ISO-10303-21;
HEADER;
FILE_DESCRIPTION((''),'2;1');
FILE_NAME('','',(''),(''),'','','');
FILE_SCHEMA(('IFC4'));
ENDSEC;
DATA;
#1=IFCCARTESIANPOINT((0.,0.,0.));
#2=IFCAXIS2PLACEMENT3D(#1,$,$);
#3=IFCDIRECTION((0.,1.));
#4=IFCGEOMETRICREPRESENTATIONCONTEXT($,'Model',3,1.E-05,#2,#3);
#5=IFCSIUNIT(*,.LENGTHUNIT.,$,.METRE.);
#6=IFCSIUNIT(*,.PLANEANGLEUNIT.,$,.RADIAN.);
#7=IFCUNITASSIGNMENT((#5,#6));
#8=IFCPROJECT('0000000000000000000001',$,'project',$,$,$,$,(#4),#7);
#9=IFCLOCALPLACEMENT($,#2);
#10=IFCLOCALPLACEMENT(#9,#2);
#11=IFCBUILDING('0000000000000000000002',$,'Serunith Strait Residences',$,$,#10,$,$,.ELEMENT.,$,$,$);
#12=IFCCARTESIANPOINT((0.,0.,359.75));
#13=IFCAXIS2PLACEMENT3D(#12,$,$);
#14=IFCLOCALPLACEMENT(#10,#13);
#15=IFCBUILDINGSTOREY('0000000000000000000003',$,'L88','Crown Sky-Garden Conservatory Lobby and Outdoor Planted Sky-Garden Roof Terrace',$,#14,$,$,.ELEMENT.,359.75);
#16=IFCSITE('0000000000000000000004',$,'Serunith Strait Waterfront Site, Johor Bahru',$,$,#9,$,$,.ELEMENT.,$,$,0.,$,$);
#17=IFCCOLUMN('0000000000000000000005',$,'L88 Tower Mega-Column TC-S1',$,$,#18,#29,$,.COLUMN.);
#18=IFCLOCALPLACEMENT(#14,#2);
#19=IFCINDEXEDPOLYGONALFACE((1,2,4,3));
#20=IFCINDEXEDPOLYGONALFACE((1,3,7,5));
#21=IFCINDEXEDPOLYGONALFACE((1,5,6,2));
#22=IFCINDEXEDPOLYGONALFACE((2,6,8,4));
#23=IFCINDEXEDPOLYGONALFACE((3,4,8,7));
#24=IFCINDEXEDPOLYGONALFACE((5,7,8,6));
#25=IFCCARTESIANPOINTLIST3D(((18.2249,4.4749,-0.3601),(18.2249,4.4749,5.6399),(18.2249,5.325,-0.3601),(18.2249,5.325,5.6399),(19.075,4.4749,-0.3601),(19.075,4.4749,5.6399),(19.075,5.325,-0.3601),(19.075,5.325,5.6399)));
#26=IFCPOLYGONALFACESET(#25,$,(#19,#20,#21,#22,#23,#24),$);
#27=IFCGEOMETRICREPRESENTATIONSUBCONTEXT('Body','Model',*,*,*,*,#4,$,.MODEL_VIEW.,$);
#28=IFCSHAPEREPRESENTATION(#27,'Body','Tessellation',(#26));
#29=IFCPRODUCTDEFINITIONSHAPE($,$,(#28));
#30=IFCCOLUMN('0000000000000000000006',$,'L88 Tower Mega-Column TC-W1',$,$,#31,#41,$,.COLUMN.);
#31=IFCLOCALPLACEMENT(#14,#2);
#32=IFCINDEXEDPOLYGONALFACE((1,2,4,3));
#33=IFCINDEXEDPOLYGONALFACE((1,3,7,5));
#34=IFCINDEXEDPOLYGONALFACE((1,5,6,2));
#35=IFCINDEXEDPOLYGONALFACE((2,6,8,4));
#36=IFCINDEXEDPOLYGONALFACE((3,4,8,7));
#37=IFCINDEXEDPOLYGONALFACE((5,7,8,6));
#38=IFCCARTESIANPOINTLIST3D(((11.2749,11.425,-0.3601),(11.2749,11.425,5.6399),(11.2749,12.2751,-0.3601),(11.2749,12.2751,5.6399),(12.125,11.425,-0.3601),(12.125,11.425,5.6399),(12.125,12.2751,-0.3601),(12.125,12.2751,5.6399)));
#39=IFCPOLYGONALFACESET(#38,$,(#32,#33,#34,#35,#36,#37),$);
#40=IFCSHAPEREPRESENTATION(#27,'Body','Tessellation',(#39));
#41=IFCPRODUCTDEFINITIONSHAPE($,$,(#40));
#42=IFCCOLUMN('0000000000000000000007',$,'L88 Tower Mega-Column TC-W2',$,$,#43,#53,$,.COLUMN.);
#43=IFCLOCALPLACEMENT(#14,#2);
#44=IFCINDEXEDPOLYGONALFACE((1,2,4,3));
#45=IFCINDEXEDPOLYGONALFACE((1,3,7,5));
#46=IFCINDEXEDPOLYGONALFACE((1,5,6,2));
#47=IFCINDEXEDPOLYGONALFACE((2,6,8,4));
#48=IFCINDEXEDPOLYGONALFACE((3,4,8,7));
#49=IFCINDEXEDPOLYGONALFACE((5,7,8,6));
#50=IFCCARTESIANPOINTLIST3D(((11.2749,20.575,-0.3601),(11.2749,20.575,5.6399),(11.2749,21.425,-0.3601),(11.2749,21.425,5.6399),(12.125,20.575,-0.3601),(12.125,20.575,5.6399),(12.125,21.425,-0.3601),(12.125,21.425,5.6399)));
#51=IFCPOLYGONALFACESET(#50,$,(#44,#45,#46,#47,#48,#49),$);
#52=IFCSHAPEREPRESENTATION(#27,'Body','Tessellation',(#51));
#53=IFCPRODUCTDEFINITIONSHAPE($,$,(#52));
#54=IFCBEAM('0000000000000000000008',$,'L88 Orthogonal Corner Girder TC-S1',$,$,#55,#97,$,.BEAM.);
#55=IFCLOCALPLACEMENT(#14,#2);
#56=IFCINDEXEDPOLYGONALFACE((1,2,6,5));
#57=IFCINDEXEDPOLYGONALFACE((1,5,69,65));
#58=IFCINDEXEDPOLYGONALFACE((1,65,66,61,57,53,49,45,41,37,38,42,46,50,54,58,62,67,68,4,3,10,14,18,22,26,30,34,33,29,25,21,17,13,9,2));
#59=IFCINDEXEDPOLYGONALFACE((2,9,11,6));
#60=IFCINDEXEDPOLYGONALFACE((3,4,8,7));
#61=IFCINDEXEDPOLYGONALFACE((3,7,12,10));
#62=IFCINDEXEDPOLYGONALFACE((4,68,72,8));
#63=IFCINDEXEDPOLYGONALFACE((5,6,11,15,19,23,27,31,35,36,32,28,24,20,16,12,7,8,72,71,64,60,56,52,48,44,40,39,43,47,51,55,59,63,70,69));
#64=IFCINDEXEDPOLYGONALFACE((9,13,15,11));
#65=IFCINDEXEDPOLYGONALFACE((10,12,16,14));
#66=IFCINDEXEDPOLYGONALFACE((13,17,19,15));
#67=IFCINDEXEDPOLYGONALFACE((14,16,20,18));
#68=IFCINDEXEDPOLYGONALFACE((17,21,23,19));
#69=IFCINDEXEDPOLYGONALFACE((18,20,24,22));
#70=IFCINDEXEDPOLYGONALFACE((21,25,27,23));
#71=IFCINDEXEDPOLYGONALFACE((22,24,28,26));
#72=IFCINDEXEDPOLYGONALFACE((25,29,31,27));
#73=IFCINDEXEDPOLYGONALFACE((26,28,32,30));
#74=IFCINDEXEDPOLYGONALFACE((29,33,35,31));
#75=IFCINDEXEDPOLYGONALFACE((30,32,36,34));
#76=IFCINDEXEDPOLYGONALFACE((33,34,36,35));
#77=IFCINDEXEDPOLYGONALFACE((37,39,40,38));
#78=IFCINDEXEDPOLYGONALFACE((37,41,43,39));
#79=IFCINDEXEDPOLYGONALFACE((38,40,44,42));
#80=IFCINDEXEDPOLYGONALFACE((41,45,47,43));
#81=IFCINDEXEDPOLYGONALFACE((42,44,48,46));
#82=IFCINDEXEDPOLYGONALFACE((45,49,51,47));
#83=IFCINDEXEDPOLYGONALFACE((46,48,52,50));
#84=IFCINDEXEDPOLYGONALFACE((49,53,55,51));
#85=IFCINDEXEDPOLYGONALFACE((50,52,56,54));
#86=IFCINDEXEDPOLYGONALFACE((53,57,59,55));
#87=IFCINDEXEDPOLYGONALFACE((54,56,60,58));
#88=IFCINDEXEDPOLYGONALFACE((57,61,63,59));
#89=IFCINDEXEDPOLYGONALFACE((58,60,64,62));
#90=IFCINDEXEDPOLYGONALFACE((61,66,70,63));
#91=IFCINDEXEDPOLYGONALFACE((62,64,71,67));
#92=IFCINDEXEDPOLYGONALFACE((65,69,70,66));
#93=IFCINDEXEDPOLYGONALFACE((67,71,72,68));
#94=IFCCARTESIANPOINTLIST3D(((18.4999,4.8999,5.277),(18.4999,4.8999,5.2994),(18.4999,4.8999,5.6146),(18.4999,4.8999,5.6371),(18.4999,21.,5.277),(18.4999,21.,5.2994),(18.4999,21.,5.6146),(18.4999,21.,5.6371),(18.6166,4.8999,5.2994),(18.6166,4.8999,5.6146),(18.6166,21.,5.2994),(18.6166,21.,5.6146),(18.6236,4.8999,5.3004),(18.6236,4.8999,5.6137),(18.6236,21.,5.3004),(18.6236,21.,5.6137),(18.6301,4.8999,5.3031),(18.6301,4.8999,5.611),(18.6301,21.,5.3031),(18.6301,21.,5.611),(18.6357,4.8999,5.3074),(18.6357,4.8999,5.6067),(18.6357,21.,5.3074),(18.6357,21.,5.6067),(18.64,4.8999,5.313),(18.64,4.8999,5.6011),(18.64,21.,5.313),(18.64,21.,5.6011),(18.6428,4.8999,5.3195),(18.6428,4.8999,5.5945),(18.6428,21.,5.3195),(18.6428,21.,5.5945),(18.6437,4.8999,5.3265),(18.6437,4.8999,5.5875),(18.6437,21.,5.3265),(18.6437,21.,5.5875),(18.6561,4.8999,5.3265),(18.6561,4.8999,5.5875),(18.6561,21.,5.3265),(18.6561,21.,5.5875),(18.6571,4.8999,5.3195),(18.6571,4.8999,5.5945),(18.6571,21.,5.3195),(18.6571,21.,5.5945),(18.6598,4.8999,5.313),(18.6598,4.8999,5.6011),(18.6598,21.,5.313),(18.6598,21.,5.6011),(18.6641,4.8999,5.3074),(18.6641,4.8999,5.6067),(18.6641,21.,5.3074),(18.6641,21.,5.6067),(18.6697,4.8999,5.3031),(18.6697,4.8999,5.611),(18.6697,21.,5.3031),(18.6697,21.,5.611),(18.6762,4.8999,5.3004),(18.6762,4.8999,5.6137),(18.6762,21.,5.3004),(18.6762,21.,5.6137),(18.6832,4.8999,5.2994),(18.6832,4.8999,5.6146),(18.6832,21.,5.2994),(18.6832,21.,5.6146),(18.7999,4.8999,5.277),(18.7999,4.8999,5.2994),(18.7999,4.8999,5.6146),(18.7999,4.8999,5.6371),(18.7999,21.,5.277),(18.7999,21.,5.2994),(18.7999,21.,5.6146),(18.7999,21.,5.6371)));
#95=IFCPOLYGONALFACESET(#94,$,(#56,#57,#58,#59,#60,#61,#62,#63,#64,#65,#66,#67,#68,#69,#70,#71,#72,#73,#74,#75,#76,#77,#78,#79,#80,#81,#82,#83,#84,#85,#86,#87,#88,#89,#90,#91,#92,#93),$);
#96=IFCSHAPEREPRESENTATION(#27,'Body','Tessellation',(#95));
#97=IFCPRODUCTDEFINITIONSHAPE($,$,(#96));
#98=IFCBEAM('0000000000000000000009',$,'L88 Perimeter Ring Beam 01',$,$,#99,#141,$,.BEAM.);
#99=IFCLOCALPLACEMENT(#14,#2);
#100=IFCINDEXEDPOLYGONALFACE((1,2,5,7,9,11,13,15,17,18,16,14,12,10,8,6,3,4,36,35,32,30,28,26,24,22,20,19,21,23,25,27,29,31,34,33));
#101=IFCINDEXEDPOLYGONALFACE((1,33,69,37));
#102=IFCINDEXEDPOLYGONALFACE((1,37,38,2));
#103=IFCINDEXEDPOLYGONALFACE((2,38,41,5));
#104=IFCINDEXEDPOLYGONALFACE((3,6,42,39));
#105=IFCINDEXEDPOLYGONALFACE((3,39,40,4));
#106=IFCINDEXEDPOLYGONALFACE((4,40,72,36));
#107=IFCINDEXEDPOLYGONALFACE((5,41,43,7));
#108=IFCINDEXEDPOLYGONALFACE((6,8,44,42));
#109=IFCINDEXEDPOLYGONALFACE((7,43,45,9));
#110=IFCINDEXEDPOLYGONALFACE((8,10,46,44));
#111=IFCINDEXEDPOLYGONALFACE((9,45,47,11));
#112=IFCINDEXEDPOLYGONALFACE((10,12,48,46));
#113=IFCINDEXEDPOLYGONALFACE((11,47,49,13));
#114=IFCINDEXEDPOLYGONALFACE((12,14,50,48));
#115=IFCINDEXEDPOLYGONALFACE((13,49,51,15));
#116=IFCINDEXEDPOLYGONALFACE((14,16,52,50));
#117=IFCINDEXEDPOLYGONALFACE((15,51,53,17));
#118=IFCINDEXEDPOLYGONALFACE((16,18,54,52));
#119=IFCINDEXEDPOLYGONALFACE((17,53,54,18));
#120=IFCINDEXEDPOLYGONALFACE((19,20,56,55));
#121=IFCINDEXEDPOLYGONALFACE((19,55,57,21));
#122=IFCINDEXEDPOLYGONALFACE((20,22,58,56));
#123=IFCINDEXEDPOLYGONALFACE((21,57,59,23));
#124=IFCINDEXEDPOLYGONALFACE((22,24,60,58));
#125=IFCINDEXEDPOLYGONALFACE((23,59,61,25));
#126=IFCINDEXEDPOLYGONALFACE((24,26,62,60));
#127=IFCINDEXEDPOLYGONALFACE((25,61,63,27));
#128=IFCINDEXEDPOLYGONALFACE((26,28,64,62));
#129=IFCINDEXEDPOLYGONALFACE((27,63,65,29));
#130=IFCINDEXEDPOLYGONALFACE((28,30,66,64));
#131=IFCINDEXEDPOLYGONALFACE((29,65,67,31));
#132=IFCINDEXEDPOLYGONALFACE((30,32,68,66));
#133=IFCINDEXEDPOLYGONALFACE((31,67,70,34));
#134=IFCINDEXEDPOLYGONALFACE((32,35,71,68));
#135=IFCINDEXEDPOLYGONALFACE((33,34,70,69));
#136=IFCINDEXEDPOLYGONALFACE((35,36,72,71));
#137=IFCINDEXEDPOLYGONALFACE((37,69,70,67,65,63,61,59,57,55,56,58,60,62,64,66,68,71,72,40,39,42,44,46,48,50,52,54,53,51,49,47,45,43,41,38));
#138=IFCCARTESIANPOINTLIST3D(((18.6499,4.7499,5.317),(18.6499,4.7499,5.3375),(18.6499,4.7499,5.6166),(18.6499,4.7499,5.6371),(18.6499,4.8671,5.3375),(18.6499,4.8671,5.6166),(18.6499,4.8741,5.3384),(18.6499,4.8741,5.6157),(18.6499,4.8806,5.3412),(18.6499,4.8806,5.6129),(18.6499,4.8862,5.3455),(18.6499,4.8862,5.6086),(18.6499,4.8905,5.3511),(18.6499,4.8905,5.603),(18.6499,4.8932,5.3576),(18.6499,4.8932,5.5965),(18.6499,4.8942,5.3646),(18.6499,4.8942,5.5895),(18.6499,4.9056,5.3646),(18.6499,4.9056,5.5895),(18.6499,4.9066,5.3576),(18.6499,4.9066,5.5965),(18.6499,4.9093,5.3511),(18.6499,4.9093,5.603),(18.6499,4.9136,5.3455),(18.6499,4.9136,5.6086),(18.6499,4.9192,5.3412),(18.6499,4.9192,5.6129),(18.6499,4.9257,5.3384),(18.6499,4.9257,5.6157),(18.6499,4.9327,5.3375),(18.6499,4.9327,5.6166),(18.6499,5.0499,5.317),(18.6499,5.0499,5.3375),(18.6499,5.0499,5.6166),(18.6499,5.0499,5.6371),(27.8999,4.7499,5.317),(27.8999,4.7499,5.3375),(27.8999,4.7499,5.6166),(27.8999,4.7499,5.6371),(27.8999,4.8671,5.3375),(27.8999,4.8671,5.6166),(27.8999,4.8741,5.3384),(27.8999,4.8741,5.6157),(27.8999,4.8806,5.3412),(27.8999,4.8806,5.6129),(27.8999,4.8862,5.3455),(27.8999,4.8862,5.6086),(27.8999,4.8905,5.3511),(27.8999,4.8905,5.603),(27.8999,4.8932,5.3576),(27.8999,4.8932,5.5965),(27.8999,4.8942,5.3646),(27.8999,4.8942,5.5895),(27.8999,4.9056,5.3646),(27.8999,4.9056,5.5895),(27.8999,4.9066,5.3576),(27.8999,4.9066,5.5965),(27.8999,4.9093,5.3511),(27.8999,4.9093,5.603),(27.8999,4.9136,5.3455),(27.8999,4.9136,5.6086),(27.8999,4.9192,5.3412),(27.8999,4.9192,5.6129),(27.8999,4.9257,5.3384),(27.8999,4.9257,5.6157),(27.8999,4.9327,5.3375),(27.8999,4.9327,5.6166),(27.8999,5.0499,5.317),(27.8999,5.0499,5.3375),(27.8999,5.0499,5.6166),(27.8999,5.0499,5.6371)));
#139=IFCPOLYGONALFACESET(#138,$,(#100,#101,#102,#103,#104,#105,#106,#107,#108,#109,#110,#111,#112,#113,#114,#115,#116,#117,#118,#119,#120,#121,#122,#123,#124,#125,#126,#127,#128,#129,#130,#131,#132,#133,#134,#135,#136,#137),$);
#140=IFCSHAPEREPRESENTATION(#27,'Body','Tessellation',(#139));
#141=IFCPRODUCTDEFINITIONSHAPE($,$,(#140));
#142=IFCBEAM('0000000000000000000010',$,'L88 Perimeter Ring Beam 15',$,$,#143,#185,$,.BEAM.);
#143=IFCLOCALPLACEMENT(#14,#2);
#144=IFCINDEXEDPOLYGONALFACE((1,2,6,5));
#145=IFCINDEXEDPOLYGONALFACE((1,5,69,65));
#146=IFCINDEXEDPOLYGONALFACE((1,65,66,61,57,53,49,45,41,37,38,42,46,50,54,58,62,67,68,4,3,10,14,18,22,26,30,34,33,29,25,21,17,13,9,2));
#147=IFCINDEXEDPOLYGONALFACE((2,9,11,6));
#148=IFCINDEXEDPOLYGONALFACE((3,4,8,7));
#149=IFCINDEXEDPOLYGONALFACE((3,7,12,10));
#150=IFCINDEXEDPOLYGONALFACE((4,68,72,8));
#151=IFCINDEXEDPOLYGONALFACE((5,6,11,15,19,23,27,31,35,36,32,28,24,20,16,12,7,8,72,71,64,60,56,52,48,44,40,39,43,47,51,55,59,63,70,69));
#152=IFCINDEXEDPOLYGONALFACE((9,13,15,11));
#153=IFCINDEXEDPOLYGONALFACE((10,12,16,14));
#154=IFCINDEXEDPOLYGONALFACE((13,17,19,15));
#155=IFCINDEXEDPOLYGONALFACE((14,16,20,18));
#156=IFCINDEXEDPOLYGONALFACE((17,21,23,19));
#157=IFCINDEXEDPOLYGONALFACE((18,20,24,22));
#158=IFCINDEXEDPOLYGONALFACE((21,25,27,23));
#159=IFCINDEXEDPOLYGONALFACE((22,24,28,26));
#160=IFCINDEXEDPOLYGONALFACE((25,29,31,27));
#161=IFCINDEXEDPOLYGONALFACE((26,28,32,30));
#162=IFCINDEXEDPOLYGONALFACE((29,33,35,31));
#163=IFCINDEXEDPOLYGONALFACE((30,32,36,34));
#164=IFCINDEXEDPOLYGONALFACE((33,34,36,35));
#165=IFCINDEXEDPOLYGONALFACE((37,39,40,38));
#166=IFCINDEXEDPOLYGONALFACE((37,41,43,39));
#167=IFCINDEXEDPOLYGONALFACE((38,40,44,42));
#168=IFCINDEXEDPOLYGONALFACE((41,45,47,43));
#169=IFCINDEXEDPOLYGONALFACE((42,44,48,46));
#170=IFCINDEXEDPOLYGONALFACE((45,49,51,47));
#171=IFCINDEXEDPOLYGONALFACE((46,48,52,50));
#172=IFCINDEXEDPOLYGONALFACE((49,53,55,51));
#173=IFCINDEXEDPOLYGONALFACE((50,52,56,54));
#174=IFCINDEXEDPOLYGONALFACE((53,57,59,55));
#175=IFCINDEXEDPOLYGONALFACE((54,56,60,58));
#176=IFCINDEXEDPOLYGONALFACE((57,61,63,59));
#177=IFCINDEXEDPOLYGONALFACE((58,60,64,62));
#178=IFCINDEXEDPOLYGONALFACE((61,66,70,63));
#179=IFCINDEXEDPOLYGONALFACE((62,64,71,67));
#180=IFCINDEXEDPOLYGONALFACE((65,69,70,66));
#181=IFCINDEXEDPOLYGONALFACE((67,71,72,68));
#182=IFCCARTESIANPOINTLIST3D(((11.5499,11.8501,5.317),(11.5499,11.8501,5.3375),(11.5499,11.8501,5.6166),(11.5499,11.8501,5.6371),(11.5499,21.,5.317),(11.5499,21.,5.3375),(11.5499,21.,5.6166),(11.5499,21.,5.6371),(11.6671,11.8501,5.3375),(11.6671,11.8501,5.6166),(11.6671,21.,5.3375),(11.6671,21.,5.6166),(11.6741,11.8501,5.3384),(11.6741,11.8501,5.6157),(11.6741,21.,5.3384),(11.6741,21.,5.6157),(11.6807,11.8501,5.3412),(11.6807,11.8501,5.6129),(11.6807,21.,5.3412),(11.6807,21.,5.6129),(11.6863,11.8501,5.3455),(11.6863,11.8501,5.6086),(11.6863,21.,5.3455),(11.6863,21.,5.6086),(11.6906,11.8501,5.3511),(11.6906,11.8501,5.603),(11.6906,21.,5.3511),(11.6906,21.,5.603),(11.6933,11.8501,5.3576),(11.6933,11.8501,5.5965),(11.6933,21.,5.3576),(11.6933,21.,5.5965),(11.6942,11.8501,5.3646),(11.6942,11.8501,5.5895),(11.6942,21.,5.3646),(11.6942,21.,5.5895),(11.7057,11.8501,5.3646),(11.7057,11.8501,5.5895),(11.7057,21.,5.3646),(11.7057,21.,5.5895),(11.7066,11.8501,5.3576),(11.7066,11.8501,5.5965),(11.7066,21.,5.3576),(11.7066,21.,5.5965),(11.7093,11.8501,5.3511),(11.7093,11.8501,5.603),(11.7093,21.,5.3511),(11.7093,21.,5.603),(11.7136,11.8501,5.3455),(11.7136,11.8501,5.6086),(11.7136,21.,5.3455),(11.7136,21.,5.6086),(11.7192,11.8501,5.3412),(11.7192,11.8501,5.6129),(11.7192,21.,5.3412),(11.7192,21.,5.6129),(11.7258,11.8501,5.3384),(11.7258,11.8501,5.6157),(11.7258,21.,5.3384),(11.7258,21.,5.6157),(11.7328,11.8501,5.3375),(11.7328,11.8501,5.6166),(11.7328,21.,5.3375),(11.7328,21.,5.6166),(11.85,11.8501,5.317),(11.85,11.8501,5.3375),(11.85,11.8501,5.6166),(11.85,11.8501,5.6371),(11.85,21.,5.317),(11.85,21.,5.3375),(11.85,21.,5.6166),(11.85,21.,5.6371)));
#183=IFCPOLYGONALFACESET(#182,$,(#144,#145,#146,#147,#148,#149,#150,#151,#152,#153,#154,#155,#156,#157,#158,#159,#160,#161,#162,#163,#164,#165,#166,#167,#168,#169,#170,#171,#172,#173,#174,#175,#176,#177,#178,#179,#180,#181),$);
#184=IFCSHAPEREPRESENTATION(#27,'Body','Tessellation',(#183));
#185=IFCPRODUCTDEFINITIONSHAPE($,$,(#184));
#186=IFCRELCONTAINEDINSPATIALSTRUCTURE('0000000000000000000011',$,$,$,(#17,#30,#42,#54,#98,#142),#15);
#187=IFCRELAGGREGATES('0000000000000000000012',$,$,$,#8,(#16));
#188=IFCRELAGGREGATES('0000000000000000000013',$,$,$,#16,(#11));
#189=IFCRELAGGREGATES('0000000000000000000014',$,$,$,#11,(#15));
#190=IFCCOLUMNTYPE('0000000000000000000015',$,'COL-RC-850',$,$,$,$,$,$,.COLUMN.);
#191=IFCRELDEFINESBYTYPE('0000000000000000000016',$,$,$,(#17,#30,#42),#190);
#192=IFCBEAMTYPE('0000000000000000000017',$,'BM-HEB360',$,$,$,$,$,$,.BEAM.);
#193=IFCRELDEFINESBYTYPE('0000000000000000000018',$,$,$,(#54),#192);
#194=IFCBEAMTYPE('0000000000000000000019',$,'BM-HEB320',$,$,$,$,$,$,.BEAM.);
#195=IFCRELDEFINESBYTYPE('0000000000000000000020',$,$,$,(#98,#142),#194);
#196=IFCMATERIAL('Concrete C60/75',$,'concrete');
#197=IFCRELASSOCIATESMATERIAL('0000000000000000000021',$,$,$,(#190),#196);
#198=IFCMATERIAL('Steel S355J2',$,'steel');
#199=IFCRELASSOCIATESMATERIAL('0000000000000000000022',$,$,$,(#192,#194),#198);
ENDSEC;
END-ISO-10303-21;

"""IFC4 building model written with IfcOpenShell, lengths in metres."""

from ifc_helpers import new_model, si_unit, direction, frame, origin, origin_2d, place, context, subcontext, project, spatial, rectangle, i_section, extrude, source, transform, mapped, material, material_profile, profile_set, type_object, element, save


model = new_model("IFC4")

# Units and contexts
model_context = context("Model", 3, precision=1e-05, world=origin(), true_north=direction((0.0, 1.0)))
body_context = subcontext(model_context, "Body", "Model", "MODEL_VIEW")
ifc_project = project(units=[si_unit("LENGTHUNIT", "METRE"), si_unit("PLANEANGLEUNIT", "RADIAN")], contexts=[model_context])

# Site, building, storey
site_placement = place(None, origin())
site = spatial("IfcSite", under=ifc_project, at=site_placement, Name="Serunith Strait Waterfront Site, Johor Bahru", CompositionType="ELEMENT", RefElevation=0.0)
building_placement = place(site_placement, origin())
building = spatial("IfcBuilding", under=site, at=building_placement, Name="Serunith Strait Residences", CompositionType="ELEMENT")
storey_placement = place(building_placement, frame((0.0, 0.0, 359.75)))
storey = spatial("IfcBuildingStorey", under=building, at=storey_placement, Name="L88", Description="Crown Sky-Garden Conservatory Lobby and Outdoor Planted Sky-Garden Roof Terrace", CompositionType="ELEMENT", Elevation=359.75)

# Columns
ifc_material_1 = material(Name="Concrete C60/75", Category="concrete")
ifc_material_profile_1 = material_profile(ifc_material_1, rectangle(XDim=0.8501, YDim=0.8501, at=origin_2d()), Name="RC 850x850")
ifc_profile_set_1 = profile_set([ifc_material_profile_1], Name="Concrete C60/75")
column_type = type_object("IfcColumnType", Name="COL-RC-850", PredefinedType="COLUMN", material=ifc_profile_set_1)
shared_shape_1 = source(origin(), body_context, "Body", "SweptSolid", [
    extrude(rectangle(XDim=0.8501, YDim=0.8501, at=origin_2d()), origin(), (0.0, 0.0, 1.0), 6.0),
])
for number, where, z_axis, x_axis, name in (
    (1, (18.6499, 4.8999, -0.3601), (0.0, 0.0, 1.0), (1.0, 0.0, 0.0), "L88 Tower Mega-Column TC-S1"),
    (2, (11.7, 11.8501, -0.3601), (0.0, 0.0, 1.0), (1.0, 0.0, 0.0), "L88 Tower Mega-Column TC-W1"),
    (3, (11.7, 21.0, -0.3601), (0.0, 0.0, 1.0), (1.0, 0.0, 0.0), "L88 Tower Mega-Column TC-W2"),
):
    element("IfcColumn", number, at=place(storey_placement, frame(where, z_axis=z_axis, x_axis=x_axis)), inside=storey, type_object=column_type, Name=name, PredefinedType="COLUMN", context=body_context, shape_type="MappedRepresentation", body=[
        mapped(shared_shape_1, transform((0.0, 0.0, 0.0), scale=1.0)),
    ])

# Beams
ifc_material_2 = material(Name="Steel S355J2", Category="steel")
ifc_material_profile_2 = material_profile(ifc_material_2, i_section(OverallWidth=0.3, OverallDepth=0.3601, WebThickness=0.0125, FlangeThickness=0.0225, FilletRadius=0.0271, at=origin_2d()), Name="HEB 360")
ifc_profile_set_2 = profile_set([ifc_material_profile_2], Name="Steel S355J2")
beam_type_1 = type_object("IfcBeamType", Name="BM-HEB360", PredefinedType="BEAM", material=ifc_profile_set_2)
shared_shape_2 = source(origin(), body_context, "Body", "SweptSolid", [
    extrude(i_section(OverallWidth=0.3, OverallDepth=0.3601, WebThickness=0.0125, FlangeThickness=0.0225, FilletRadius=0.0271, at=origin_2d()), origin(), (0.0, 0.0, 1.0), 16.1001),
])
beam_1_placement = place(storey_placement, frame((18.6499, 21.0, 5.457), z_axis=(0.0, -1.0, 0.0), x_axis=(1.0, 0.0, 0.0)))
element("IfcBeam", 4, at=beam_1_placement, inside=storey, type_object=beam_type_1, Name="L88 Orthogonal Corner Girder TC-S1", PredefinedType="BEAM", context=body_context, shape_type="MappedRepresentation", body=[
    mapped(shared_shape_2, transform((0.0, 0.0, 0.0), scale=1.0)),
])
ifc_material_profile_3 = material_profile(ifc_material_2, i_section(OverallWidth=0.3, OverallDepth=0.3201, WebThickness=0.0115, FlangeThickness=0.0205, FilletRadius=0.0271, at=origin_2d()), Name="HEB 320")
ifc_profile_set_3 = profile_set([ifc_material_profile_3], Name="Steel S355J2")
beam_type_2 = type_object("IfcBeamType", Name="BM-HEB320", PredefinedType="BEAM", material=ifc_profile_set_3)
shared_shape_3 = source(origin(), body_context, "Body", "SweptSolid", [
    extrude(i_section(OverallWidth=0.3, OverallDepth=0.3201, WebThickness=0.0115, FlangeThickness=0.0205, FilletRadius=0.0271, at=origin_2d()), origin(), (0.0, 0.0, 1.0), 9.25),
])
beam_2_placement = place(storey_placement, frame((18.6499, 4.8999, 5.4771), z_axis=(1.0, 0.0, 0.0), x_axis=(0.0, 1.0, 0.0)))
element("IfcBeam", 5, at=beam_2_placement, inside=storey, type_object=beam_type_2, Name="L88 Perimeter Ring Beam 01", PredefinedType="BEAM", context=body_context, shape_type="MappedRepresentation", body=[
    mapped(shared_shape_3, transform((0.0, 0.0, 0.0), scale=1.0)),
])
shared_shape_4 = source(origin(), body_context, "Body", "SweptSolid", [
    extrude(i_section(OverallWidth=0.3, OverallDepth=0.3201, WebThickness=0.0115, FlangeThickness=0.0205, FilletRadius=0.0271, at=origin_2d()), origin(), (0.0, 0.0, 1.0), 9.1499),
])
beam_3_placement = place(storey_placement, frame((11.7, 21.0, 5.4771), z_axis=(0.0, -1.0, 0.0), x_axis=(1.0, 0.0, 0.0)))
element("IfcBeam", 6, at=beam_3_placement, inside=storey, type_object=beam_type_2, Name="L88 Perimeter Ring Beam 15", PredefinedType="BEAM", context=body_context, shape_type="MappedRepresentation", body=[
    mapped(shared_shape_4, transform((0.0, 0.0, 0.0), scale=1.0)),
])

save(model, "model.ifc")
